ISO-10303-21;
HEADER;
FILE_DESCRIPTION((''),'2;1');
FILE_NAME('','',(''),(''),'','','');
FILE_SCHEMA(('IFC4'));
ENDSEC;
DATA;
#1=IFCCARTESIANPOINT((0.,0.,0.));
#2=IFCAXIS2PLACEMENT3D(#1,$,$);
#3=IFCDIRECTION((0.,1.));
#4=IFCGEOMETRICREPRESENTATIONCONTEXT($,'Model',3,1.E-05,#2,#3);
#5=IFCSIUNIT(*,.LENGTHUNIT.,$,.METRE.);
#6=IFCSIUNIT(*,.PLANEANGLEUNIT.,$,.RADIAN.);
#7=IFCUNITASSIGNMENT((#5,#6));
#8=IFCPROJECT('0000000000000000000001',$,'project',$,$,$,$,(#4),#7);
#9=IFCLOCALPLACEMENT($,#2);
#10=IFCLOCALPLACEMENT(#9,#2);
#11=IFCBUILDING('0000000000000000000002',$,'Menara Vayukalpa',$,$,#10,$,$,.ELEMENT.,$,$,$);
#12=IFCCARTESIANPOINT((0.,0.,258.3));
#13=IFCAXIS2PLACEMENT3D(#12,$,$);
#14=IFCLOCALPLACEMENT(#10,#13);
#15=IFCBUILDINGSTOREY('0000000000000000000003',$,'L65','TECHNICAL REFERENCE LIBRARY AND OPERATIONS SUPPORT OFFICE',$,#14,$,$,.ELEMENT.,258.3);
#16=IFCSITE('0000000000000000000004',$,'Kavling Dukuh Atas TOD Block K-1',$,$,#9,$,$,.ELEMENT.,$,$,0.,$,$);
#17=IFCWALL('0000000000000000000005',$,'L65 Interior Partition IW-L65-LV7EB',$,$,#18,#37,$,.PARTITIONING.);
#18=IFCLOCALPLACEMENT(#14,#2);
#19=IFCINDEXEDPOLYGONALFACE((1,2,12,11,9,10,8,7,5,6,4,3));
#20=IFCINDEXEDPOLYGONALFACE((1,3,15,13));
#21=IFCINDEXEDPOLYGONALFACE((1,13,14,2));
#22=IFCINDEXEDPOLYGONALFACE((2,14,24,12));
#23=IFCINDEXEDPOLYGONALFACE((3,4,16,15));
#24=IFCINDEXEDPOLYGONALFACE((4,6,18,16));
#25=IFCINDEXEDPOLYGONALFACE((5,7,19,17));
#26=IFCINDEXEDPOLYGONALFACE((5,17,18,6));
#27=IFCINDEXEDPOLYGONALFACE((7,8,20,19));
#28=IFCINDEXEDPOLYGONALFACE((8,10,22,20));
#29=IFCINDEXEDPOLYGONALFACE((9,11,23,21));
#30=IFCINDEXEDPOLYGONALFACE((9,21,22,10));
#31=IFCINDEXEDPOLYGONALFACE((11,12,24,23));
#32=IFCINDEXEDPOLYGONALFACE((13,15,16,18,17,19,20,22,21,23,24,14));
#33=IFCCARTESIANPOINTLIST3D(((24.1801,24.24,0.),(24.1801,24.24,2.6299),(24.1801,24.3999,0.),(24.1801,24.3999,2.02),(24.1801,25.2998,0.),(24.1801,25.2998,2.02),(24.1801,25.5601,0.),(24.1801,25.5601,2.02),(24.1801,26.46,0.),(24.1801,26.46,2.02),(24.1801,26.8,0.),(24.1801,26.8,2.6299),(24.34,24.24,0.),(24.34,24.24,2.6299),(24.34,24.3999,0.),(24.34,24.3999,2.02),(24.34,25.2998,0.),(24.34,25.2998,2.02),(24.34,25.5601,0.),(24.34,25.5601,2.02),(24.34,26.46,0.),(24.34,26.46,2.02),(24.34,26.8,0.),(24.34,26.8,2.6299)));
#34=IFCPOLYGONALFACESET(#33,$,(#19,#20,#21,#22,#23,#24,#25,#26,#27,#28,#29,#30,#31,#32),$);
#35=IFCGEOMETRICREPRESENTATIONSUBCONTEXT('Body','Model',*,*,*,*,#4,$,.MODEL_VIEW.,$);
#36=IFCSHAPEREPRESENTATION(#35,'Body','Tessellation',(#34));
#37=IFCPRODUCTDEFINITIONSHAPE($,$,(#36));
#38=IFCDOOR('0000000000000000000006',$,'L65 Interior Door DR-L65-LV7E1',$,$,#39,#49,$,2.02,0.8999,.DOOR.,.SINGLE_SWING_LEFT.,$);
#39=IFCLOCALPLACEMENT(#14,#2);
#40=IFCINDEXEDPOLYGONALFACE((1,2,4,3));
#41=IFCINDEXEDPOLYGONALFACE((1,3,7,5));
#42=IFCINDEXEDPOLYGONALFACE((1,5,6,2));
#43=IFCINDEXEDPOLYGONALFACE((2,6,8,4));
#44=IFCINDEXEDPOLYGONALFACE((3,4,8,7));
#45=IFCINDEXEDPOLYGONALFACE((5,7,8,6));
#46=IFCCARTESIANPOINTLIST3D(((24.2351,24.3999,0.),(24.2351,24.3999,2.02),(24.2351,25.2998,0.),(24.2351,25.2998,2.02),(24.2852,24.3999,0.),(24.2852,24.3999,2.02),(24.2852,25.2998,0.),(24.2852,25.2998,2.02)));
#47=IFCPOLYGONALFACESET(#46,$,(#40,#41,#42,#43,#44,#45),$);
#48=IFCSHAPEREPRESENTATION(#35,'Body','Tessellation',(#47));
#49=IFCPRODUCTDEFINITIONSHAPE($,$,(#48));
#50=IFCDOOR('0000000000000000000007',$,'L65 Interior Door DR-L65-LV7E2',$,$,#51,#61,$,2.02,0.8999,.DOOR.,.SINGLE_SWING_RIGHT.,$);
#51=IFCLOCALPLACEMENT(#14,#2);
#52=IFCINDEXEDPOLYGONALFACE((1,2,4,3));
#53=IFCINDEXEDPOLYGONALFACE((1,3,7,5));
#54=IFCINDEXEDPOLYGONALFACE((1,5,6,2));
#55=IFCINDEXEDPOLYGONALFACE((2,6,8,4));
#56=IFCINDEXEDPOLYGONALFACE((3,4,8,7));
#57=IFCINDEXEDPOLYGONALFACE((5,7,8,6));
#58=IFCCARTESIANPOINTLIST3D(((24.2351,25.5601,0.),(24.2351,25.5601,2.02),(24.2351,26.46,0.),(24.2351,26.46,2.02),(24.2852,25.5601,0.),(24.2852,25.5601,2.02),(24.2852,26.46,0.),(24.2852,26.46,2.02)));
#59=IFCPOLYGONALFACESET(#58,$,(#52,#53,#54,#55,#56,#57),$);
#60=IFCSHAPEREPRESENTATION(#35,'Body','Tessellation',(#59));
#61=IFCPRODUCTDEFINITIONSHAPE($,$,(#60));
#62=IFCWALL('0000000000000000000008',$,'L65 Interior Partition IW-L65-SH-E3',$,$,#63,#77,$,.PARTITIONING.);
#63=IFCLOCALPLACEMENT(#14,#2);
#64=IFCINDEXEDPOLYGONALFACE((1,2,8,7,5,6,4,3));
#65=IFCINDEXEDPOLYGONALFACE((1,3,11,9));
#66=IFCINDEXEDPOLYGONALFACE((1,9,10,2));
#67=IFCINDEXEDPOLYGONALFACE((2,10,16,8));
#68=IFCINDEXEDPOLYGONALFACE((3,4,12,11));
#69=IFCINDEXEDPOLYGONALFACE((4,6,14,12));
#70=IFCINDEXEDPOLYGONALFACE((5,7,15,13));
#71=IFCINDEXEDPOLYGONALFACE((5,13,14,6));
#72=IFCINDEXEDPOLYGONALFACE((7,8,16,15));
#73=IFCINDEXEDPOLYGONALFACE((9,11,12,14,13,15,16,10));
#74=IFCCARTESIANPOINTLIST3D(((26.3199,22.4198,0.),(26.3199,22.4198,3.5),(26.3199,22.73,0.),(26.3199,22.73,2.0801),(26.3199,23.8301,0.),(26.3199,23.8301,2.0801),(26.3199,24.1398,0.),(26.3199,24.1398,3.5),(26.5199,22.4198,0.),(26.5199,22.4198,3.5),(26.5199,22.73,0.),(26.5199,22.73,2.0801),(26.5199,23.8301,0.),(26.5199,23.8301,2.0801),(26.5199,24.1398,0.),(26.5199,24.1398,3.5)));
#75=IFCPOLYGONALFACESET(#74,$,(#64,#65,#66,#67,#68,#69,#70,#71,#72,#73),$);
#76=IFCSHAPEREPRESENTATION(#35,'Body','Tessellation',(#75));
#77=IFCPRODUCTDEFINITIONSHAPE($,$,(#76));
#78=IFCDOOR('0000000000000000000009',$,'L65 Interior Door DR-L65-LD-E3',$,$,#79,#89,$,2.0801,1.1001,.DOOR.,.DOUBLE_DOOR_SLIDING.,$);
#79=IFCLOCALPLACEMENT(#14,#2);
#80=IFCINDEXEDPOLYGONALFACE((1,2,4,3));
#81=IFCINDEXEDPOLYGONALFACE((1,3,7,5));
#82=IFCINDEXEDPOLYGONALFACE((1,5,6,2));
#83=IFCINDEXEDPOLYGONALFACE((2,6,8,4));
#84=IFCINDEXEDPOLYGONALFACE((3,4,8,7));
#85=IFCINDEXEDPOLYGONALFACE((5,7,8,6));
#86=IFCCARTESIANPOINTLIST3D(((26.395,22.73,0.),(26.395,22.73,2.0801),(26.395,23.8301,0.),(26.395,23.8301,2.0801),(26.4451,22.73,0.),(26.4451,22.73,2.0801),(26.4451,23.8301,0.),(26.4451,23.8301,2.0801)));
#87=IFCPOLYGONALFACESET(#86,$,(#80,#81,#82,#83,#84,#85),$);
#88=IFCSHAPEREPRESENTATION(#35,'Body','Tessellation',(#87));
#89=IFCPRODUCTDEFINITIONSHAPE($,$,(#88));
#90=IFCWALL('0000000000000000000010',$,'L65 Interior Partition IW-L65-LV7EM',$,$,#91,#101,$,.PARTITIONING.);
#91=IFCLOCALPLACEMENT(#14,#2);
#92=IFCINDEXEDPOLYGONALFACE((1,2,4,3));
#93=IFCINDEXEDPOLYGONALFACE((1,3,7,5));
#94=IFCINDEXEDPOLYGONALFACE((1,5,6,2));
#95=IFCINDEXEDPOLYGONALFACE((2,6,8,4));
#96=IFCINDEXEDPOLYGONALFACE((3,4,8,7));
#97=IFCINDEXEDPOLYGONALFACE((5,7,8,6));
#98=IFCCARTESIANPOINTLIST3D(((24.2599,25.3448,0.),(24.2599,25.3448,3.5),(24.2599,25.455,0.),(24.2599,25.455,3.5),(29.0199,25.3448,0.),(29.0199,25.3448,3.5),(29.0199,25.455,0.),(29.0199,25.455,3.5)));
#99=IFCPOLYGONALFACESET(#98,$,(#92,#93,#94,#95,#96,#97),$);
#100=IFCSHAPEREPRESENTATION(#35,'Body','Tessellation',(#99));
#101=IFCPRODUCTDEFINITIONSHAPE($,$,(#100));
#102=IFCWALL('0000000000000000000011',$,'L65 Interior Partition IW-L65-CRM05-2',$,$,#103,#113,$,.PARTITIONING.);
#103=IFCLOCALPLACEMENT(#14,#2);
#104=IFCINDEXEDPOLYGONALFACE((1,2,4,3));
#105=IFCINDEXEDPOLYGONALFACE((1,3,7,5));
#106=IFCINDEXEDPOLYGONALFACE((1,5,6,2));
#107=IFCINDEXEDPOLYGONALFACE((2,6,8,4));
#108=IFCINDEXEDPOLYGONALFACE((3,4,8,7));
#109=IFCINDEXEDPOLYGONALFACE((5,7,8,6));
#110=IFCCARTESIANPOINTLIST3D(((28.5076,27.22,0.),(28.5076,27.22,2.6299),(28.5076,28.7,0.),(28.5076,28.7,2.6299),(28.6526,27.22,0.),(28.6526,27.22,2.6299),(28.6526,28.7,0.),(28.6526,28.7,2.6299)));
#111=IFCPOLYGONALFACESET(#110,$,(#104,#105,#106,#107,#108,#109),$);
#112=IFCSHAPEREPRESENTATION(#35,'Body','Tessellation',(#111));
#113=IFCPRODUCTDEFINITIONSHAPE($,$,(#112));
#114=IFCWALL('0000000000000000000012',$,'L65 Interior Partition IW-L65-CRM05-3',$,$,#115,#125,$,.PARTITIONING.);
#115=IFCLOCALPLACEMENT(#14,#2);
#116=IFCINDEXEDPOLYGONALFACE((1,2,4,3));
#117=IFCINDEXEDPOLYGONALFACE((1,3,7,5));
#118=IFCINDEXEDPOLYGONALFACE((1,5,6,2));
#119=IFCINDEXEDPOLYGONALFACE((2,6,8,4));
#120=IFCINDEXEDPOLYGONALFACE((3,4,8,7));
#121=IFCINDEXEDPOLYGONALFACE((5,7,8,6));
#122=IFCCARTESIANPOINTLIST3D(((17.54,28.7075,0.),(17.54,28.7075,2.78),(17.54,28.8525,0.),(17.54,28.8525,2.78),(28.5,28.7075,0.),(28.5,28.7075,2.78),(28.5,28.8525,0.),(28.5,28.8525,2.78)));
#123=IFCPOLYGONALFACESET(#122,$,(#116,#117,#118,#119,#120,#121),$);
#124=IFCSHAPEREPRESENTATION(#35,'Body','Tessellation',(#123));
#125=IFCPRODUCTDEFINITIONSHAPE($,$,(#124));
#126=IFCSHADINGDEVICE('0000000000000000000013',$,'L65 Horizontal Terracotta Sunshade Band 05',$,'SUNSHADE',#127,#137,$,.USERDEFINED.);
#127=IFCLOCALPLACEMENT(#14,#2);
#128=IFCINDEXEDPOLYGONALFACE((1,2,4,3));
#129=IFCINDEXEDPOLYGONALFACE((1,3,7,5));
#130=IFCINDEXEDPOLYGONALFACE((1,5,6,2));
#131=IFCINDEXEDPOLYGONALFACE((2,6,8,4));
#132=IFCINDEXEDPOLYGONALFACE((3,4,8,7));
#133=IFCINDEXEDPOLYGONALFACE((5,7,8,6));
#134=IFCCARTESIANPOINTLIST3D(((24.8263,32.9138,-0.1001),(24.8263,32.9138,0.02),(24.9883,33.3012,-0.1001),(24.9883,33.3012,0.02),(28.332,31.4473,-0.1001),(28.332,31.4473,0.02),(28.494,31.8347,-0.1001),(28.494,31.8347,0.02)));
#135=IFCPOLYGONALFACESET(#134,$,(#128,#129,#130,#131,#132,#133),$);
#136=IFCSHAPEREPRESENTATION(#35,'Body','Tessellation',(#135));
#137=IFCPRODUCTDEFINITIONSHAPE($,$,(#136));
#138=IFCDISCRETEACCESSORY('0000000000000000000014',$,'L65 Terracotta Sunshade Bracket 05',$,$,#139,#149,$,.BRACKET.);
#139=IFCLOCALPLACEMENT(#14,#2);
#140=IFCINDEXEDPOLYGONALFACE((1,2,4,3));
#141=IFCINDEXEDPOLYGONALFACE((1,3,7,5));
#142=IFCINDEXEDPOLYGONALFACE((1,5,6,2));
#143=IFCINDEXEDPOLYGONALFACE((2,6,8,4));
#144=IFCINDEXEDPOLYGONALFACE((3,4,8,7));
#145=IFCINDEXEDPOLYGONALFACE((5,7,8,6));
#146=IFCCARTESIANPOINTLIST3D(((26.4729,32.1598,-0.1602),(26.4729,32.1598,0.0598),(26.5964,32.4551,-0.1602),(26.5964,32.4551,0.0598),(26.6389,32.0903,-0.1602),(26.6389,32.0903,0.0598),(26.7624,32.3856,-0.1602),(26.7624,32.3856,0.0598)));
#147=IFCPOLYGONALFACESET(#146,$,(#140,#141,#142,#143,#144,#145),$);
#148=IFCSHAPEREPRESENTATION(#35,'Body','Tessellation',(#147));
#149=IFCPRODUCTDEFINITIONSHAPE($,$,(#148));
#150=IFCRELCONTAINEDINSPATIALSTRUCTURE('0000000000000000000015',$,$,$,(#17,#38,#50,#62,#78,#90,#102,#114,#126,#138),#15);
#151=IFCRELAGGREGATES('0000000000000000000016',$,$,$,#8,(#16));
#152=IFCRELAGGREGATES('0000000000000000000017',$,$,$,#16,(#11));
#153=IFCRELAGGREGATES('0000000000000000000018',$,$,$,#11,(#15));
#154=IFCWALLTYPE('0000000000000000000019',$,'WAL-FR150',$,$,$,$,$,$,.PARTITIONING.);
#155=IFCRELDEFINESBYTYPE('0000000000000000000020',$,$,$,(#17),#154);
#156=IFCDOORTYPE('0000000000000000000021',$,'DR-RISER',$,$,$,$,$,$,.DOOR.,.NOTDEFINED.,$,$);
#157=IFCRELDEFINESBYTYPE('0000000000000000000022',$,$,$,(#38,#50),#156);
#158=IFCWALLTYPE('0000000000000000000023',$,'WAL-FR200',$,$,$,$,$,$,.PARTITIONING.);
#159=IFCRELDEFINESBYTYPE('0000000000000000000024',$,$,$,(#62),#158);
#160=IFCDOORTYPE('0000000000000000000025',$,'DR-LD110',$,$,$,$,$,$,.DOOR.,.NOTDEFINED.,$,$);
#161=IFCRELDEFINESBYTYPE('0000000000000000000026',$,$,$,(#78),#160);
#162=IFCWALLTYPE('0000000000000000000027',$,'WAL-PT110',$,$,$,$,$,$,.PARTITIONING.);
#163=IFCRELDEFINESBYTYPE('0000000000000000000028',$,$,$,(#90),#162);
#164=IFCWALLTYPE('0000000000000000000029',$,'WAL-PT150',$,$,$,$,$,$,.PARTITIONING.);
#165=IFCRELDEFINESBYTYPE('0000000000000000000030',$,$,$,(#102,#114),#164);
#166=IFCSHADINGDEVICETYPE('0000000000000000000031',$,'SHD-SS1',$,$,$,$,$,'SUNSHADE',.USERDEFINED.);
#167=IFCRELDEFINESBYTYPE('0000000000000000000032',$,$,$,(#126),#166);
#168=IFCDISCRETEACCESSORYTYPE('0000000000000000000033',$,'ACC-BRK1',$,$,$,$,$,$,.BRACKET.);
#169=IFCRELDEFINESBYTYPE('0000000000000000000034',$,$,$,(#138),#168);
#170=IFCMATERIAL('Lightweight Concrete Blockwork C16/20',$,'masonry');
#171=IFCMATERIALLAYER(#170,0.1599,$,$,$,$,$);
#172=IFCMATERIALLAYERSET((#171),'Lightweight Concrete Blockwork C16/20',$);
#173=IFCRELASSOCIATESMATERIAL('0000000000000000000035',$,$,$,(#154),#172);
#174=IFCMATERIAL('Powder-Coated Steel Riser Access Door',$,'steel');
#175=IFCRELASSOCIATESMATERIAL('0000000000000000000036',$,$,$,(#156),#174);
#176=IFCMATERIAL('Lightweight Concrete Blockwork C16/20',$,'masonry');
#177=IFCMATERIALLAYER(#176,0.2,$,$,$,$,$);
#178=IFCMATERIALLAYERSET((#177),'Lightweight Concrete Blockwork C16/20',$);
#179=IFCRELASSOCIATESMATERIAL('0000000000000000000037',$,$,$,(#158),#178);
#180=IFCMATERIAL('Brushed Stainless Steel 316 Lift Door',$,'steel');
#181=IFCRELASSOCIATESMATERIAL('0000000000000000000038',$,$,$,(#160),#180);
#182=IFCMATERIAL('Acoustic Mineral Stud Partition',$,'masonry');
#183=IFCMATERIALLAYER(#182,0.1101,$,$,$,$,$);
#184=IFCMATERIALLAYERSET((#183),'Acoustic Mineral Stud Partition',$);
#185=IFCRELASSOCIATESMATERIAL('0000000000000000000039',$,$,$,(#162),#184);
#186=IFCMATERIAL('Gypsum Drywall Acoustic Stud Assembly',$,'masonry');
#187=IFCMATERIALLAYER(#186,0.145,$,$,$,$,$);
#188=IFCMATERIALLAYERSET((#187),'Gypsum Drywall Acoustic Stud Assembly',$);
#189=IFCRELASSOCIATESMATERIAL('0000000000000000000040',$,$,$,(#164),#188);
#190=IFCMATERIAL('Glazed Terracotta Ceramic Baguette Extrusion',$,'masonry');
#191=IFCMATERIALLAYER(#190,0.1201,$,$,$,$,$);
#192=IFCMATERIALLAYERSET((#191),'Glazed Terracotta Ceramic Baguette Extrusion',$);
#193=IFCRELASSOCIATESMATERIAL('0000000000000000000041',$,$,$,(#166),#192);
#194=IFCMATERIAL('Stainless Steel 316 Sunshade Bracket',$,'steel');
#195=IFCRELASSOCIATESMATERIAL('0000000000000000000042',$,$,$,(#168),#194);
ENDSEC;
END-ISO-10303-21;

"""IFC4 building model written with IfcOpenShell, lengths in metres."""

from ifc_helpers import new_model, si_unit, direction, frame, frame_2d, origin, origin_2d, place, context, subcontext, project, spatial, rectangle, extrude, material, layer, layer_set, type_object, element, fill, save


model = new_model("IFC4")

# Units and contexts
model_context = context("Model", 3, precision=1e-05, world=origin(), true_north=direction((0.0, 1.0)))
body_context = subcontext(model_context, "Body", "Model", "MODEL_VIEW")
ifc_project = project(units=[si_unit("LENGTHUNIT", "METRE"), si_unit("PLANEANGLEUNIT", "RADIAN")], contexts=[model_context])

# Site, building, storey
site_placement = place(None, origin())
site = spatial("IfcSite", under=ifc_project, at=site_placement, Name="Kavling Dukuh Atas TOD Block K-1", CompositionType="ELEMENT", RefElevation=0.0)
building_placement = place(site_placement, origin())
building = spatial("IfcBuilding", under=site, at=building_placement, Name="Menara Vayukalpa", CompositionType="ELEMENT")
storey_placement = place(building_placement, frame((0.0, 0.0, 258.3)))
storey = spatial("IfcBuildingStorey", under=building, at=storey_placement, Name="L65", Description="TECHNICAL REFERENCE LIBRARY AND OPERATIONS SUPPORT OFFICE", CompositionType="ELEMENT", Elevation=258.3)

# Shared definitions
ifc_material_1 = material(Name="Lightweight Concrete Blockwork C16/20", Category="masonry")
ifc_layer_1 = layer(ifc_material_1, 0.1599)
ifc_layer_set_1 = layer_set([ifc_layer_1], Name="Lightweight Concrete Blockwork C16/20")
wall_type_1 = type_object("IfcWallType", Name="WAL-FR150", PredefinedType="PARTITIONING", material=ifc_layer_set_1)

# Wall, openings, doors
wall_1_placement = place(storey_placement, frame((24.26, 24.24, 0.0), z_axis=(0.0, 0.0, 1.0), x_axis=(0.0, 1.0, 0.0)))
wall_1 = element("IfcWall", 1, at=wall_1_placement, inside=storey, type_object=wall_type_1, Name="L65 Interior Partition IW-L65-LV7EB", PredefinedType="PARTITIONING", context=body_context, shape_type="SweptSolid", body=[
    extrude(rectangle(XDim=2.5601, YDim=0.1599, at=frame_2d((1.28, 0.0))), origin(), (0.0, 0.0, 1.0), 2.6299),
])
opening_1_placement = place(wall_1_placement, frame((0.1599, 0.0, 0.0)))
opening_1 = element("IfcOpeningElement", 2, at=opening_1_placement, cuts=wall_1, PredefinedType="OPENING", context=body_context, shape_type="SweptSolid", body=[
    extrude(rectangle(XDim=0.8999, YDim=2.02, at=frame_2d((0.45, 1.01))), frame((0.0, 0.0898, 0.0), z_axis=(0.0, -1.0, 0.0), x_axis=(1.0, 0.0, 0.0)), (0.0, 0.0, 1.0), 0.1799),
])
opening_2_placement = place(wall_1_placement, frame((1.3201, 0.0, 0.0)))
opening_2 = element("IfcOpeningElement", 3, at=opening_2_placement, cuts=wall_1, PredefinedType="OPENING", context=body_context, shape_type="SweptSolid", body=[
    extrude(rectangle(XDim=0.8999, YDim=2.02, at=frame_2d((0.45, 1.01))), frame((0.0, 0.0898, 0.0), z_axis=(0.0, -1.0, 0.0), x_axis=(1.0, 0.0, 0.0)), (0.0, 0.0, 1.0), 0.1799),
])
ifc_material_2 = material(Name="Powder-Coated Steel Riser Access Door", Category="steel")
door_type_1 = type_object("IfcDoorType", Name="DR-RISER", OperationType="NOTDEFINED", PredefinedType="DOOR", material=ifc_material_2)
door_1_placement = place(opening_1_placement, origin())
door_1 = element("IfcDoor", 4, at=door_1_placement, inside=storey, type_object=door_type_1, Name="L65 Interior Door DR-L65-LV7E1", OperationType="SINGLE_SWING_LEFT", OverallHeight=2.02, OverallWidth=0.8999, PredefinedType="DOOR", context=body_context, shape_type="SweptSolid", body=[
    extrude(rectangle(XDim=0.8999, YDim=2.02, at=frame_2d((0.45, 1.01))), frame((0.0, 0.0249, 0.0), z_axis=(0.0, -1.0, 0.0), x_axis=(1.0, 0.0, 0.0)), (0.0, 0.0, 1.0), 0.05),
])
fill(opening_1, door_1)
door_2_placement = place(opening_2_placement, origin())
door_2 = element("IfcDoor", 5, at=door_2_placement, inside=storey, type_object=door_type_1, Name="L65 Interior Door DR-L65-LV7E2", OperationType="SINGLE_SWING_RIGHT", OverallHeight=2.02, OverallWidth=0.8999, PredefinedType="DOOR", context=body_context, shape_type="SweptSolid", body=[
    extrude(rectangle(XDim=0.8999, YDim=2.02, at=frame_2d((0.45, 1.01))), frame((0.0, 0.0249, 0.0), z_axis=(0.0, -1.0, 0.0), x_axis=(1.0, 0.0, 0.0)), (0.0, 0.0, 1.0), 0.05),
])
fill(opening_2, door_2)

# Wall, opening, door
ifc_material_3 = material(Name="Lightweight Concrete Blockwork C16/20", Category="masonry")
ifc_layer_2 = layer(ifc_material_3, 0.2)
ifc_layer_set_2 = layer_set([ifc_layer_2], Name="Lightweight Concrete Blockwork C16/20")
wall_type_2 = type_object("IfcWallType", Name="WAL-FR200", PredefinedType="PARTITIONING", material=ifc_layer_set_2)
wall_2_placement = place(storey_placement, frame((26.4199, 22.4199, 0.0), z_axis=(0.0, 0.0, 1.0), x_axis=(0.0, 1.0, 0.0)))
wall_2 = element("IfcWall", 6, at=wall_2_placement, inside=storey, type_object=wall_type_2, Name="L65 Interior Partition IW-L65-SH-E3", PredefinedType="PARTITIONING", context=body_context, shape_type="SweptSolid", body=[
    extrude(rectangle(XDim=1.72, YDim=0.2, at=frame_2d((0.8599, 0.0))), origin(), (0.0, 0.0, 1.0), 3.5),
])
opening_3_placement = place(wall_2_placement, frame((0.3101, 0.0, 0.0)))
opening_3 = element("IfcOpeningElement", 7, at=opening_3_placement, cuts=wall_2, PredefinedType="OPENING", context=body_context, shape_type="SweptSolid", body=[
    extrude(rectangle(XDim=1.1001, YDim=2.0801, at=frame_2d((0.55, 1.04))), frame((0.0, 0.1099, 0.0), z_axis=(0.0, -1.0, 0.0), x_axis=(1.0, 0.0, 0.0)), (0.0, 0.0, 1.0), 0.22),
])
ifc_material_4 = material(Name="Brushed Stainless Steel 316 Lift Door", Category="steel")
door_type_2 = type_object("IfcDoorType", Name="DR-LD110", OperationType="NOTDEFINED", PredefinedType="DOOR", material=ifc_material_4)
door_3_placement = place(opening_3_placement, origin())
door_3 = element("IfcDoor", 8, at=door_3_placement, inside=storey, type_object=door_type_2, Name="L65 Interior Door DR-L65-LD-E3", OperationType="DOUBLE_DOOR_SLIDING", OverallHeight=2.0801, OverallWidth=1.1001, PredefinedType="DOOR", context=body_context, shape_type="SweptSolid", body=[
    extrude(rectangle(XDim=1.1001, YDim=2.0801, at=frame_2d((0.55, 1.04))), frame((0.0, 0.0249, 0.0), z_axis=(0.0, -1.0, 0.0), x_axis=(1.0, 0.0, 0.0)), (0.0, 0.0, 1.0), 0.05),
])
fill(opening_3, door_3)

# Walls
ifc_material_5 = material(Name="Acoustic Mineral Stud Partition", Category="masonry")
ifc_layer_3 = layer(ifc_material_5, 0.1101)
ifc_layer_set_3 = layer_set([ifc_layer_3], Name="Acoustic Mineral Stud Partition")
wall_type_3 = type_object("IfcWallType", Name="WAL-PT110", PredefinedType="PARTITIONING", material=ifc_layer_set_3)
wall_3_placement = place(storey_placement, frame((24.26, 25.3999, 0.0), z_axis=(0.0, 0.0, 1.0), x_axis=(1.0, 0.0, 0.0)))
element("IfcWall", 9, at=wall_3_placement, inside=storey, type_object=wall_type_3, Name="L65 Interior Partition IW-L65-LV7EM", PredefinedType="PARTITIONING", context=body_context, shape_type="SweptSolid", body=[
    extrude(rectangle(XDim=4.76, YDim=0.1101, at=frame_2d((2.3799, 0.0))), origin(), (0.0, 0.0, 1.0), 3.5),
])
ifc_material_6 = material(Name="Gypsum Drywall Acoustic Stud Assembly", Category="masonry")
ifc_layer_4 = layer(ifc_material_6, 0.145)
ifc_layer_set_4 = layer_set([ifc_layer_4], Name="Gypsum Drywall Acoustic Stud Assembly")
wall_type_4 = type_object("IfcWallType", Name="WAL-PT150", PredefinedType="PARTITIONING", material=ifc_layer_set_4)
wall_4_placement = place(storey_placement, frame((28.5801, 27.22, 0.0), z_axis=(0.0, 0.0, 1.0), x_axis=(0.0, 1.0, 0.0)))
element("IfcWall", 10, at=wall_4_placement, inside=storey, type_object=wall_type_4, Name="L65 Interior Partition IW-L65-CRM05-2", PredefinedType="PARTITIONING", context=body_context, shape_type="SweptSolid", body=[
    extrude(rectangle(XDim=1.48, YDim=0.145, at=frame_2d((0.74, 0.0))), origin(), (0.0, 0.0, 1.0), 2.6299),
])
wall_5_placement = place(storey_placement, frame((28.5, 28.78, 0.0), z_axis=(0.0, 0.0, 1.0), x_axis=(-1.0, 0.0, 0.0)))
element("IfcWall", 11, at=wall_5_placement, inside=storey, type_object=wall_type_4, Name="L65 Interior Partition IW-L65-CRM05-3", PredefinedType="PARTITIONING", context=body_context, shape_type="SweptSolid", body=[
    extrude(rectangle(XDim=10.96, YDim=0.145, at=frame_2d((5.48, 0.0))), origin(), (0.0, 0.0, 1.0), 2.78),
])

# Shading device
ifc_material_7 = material(Name="Glazed Terracotta Ceramic Baguette Extrusion", Category="masonry")
ifc_layer_5 = layer(ifc_material_7, 0.1201)
ifc_layer_set_5 = layer_set([ifc_layer_5], Name="Glazed Terracotta Ceramic Baguette Extrusion")
shading_device_type = type_object("IfcShadingDeviceType", Name="SHD-SS1", ElementType="SUNSHADE", PredefinedType="USERDEFINED", material=ifc_layer_set_5)
shading_device_placement = place(storey_placement, frame((26.6602, 32.3743, -0.1001), z_axis=(0.0, 0.0, 1.0), x_axis=(-0.922538, 0.385906, 0.0)))
element("IfcShadingDevice", 12, at=shading_device_placement, inside=storey, type_object=shading_device_type, Name="L65 Horizontal Terracotta Sunshade Band 05", ObjectType="SUNSHADE", PredefinedType="USERDEFINED", context=body_context, shape_type="SweptSolid", body=[
    extrude(rectangle(XDim=3.8, YDim=0.4199, at=origin_2d()), origin(), (0.0, 0.0, 1.0), 0.1201),
])

# Discrete accessory
ifc_material_8 = material(Name="Stainless Steel 316 Sunshade Bracket", Category="steel")
discrete_accessory_type = type_object("IfcDiscreteAccessoryType", Name="ACC-BRK1", PredefinedType="BRACKET", material=ifc_material_8)
discrete_accessory_placement = place(storey_placement, frame((26.6177, 32.2727, -0.1602), z_axis=(0.0, 0.0, 1.0), x_axis=(-0.922538, 0.385906, 0.0)))
element("IfcDiscreteAccessory", 13, at=discrete_accessory_placement, inside=storey, type_object=discrete_accessory_type, Name="L65 Terracotta Sunshade Bracket 05", PredefinedType="BRACKET", context=body_context, shape_type="SweptSolid", body=[
    extrude(rectangle(XDim=0.1799, YDim=0.3201, at=origin_2d()), origin(), (0.0, 0.0, 1.0), 0.22),
])

save(model, "model.ifc")
